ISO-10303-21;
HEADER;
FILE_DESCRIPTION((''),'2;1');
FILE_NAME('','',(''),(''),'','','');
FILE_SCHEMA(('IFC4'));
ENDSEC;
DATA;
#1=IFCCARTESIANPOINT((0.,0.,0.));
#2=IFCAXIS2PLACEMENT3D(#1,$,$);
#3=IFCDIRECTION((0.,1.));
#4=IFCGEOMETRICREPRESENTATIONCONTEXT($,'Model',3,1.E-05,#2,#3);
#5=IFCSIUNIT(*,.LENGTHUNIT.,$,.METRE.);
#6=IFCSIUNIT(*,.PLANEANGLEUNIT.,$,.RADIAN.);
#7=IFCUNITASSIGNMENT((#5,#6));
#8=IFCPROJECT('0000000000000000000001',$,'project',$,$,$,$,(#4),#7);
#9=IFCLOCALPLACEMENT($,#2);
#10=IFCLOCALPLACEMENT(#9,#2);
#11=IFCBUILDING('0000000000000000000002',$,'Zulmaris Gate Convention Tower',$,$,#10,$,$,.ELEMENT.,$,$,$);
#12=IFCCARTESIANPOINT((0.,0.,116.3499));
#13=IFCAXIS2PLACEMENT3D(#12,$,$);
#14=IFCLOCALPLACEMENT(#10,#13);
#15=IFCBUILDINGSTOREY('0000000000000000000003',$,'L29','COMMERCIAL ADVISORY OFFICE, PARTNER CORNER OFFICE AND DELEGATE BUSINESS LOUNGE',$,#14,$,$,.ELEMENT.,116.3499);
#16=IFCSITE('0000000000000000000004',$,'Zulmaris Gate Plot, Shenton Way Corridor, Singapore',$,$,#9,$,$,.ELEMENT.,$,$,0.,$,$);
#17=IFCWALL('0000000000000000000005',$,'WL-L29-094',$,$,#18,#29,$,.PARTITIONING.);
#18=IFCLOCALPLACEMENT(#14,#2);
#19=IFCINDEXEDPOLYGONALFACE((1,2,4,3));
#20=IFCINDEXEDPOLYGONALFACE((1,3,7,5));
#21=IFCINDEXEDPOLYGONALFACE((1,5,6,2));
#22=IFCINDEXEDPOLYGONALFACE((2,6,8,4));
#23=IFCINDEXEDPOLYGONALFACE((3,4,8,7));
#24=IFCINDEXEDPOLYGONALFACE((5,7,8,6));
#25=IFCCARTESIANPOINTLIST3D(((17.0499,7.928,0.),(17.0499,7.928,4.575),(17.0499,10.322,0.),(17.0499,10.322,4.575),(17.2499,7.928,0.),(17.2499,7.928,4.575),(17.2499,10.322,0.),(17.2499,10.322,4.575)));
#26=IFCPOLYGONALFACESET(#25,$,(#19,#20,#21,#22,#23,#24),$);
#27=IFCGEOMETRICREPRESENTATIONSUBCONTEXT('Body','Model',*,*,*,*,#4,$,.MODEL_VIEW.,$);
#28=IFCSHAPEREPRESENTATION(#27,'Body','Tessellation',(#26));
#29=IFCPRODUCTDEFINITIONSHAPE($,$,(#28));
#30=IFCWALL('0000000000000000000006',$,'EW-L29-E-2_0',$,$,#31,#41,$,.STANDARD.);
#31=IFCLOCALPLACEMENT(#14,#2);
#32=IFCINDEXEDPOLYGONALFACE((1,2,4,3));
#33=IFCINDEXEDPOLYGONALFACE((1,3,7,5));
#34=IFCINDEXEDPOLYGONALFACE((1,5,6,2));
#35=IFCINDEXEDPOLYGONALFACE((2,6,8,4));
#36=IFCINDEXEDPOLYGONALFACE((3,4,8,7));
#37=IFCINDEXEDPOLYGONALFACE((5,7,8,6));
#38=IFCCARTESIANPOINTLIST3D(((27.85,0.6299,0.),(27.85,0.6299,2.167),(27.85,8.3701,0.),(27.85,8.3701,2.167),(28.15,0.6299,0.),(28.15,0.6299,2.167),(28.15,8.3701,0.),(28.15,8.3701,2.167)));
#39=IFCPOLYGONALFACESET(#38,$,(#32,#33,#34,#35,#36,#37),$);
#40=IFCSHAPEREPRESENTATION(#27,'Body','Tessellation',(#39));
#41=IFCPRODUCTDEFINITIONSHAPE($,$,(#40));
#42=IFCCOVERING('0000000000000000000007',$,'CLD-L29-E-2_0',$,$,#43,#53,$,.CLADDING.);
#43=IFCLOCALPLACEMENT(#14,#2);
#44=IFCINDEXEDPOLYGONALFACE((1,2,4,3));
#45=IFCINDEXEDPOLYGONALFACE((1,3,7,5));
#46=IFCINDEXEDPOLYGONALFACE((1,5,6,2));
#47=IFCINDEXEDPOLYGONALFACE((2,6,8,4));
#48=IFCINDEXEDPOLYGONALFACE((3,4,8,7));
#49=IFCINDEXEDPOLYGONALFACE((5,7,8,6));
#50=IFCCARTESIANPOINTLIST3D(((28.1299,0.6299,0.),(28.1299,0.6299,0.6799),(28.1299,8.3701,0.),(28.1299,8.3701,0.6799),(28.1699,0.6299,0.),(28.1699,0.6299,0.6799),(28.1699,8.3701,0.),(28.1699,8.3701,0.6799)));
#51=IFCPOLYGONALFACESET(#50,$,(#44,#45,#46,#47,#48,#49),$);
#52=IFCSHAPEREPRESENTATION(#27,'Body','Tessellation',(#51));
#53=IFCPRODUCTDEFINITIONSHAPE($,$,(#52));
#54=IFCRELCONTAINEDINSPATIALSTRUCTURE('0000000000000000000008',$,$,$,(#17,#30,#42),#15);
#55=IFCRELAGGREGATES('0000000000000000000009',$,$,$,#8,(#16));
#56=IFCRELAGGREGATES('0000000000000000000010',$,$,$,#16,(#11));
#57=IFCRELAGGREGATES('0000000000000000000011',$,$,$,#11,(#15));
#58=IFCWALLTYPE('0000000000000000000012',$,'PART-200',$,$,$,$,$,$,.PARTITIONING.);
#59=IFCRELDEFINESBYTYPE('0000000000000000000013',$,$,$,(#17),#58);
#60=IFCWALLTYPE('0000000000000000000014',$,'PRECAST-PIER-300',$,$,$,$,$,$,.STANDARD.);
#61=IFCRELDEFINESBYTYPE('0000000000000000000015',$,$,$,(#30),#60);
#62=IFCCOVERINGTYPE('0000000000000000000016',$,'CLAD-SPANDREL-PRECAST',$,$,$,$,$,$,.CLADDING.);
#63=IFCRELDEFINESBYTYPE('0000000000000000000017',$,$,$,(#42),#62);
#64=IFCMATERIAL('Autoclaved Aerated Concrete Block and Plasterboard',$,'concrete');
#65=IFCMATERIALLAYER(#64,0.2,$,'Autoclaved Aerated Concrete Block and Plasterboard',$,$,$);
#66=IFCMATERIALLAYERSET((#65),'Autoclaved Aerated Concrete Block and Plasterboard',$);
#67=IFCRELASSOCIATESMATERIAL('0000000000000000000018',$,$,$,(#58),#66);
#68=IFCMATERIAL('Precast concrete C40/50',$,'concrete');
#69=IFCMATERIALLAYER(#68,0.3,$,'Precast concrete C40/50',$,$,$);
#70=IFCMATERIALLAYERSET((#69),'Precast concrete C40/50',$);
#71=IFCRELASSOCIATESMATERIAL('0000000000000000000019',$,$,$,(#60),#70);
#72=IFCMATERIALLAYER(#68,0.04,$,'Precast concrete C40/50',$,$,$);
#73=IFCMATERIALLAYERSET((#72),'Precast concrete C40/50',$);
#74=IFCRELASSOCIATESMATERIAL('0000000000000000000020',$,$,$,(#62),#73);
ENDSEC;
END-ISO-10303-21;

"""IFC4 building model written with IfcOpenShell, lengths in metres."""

from ifc_helpers import new_model, si_unit, direction, frame, frame_2d, origin, place, context, subcontext, project, spatial, rectangle, extrude, material, layer, layer_set, type_object, element, save


model = new_model("IFC4")

# Units and contexts
model_context = context("Model", 3, precision=1e-05, world=origin(), true_north=direction((0.0, 1.0)))
body_context = subcontext(model_context, "Body", "Model", "MODEL_VIEW")
ifc_project = project(units=[si_unit("LENGTHUNIT", "METRE"), si_unit("PLANEANGLEUNIT", "RADIAN")], contexts=[model_context])

# Site, building, storey
site_placement = place(None, origin())
site = spatial("IfcSite", under=ifc_project, at=site_placement, Name="Zulmaris Gate Plot, Shenton Way Corridor, Singapore", CompositionType="ELEMENT", RefElevation=0.0)
building_placement = place(site_placement, origin())
building = spatial("IfcBuilding", under=site, at=building_placement, Name="Zulmaris Gate Convention Tower", CompositionType="ELEMENT")
storey_placement = place(building_placement, frame((0.0, 0.0, 116.3499)))
storey = spatial("IfcBuildingStorey", under=building, at=storey_placement, Name="L29", Description="COMMERCIAL ADVISORY OFFICE, PARTNER CORNER OFFICE AND DELEGATE BUSINESS LOUNGE", CompositionType="ELEMENT", Elevation=116.3499)

# Shared definitions
ifc_material_1 = material(Name="Autoclaved Aerated Concrete Block and Plasterboard", Category="concrete")
ifc_layer_1 = layer(ifc_material_1, 0.2, Name="Autoclaved Aerated Concrete Block and Plasterboard")
ifc_layer_set_1 = layer_set([ifc_layer_1], Name="Autoclaved Aerated Concrete Block and Plasterboard")
wall_type_1 = type_object("IfcWallType", Name="PART-200", PredefinedType="PARTITIONING", material=ifc_layer_set_1)

# Walls
wall_1_placement = place(storey_placement, frame((17.1499, 7.928, 0.0), z_axis=(0.0, 0.0, 1.0), x_axis=(0.0, 1.0, 0.0)))
element("IfcWall", 1, at=wall_1_placement, inside=storey, type_object=wall_type_1, Name="WL-L29-094", PredefinedType="PARTITIONING", context=body_context, shape_type="SweptSolid", body=[
    extrude(rectangle(XDim=2.394, YDim=0.2, at=frame_2d((1.197, 0.0))), origin(), (0.0, 0.0, 1.0), 4.575),
])
ifc_material_2 = material(Name="Precast concrete C40/50", Category="concrete")
ifc_layer_2 = layer(ifc_material_2, 0.3, Name="Precast concrete C40/50")
ifc_layer_set_2 = layer_set([ifc_layer_2], Name="Precast concrete C40/50")
wall_type_2 = type_object("IfcWallType", Name="PRECAST-PIER-300", PredefinedType="STANDARD", material=ifc_layer_set_2)
wall_2_placement = place(storey_placement, frame((28.0, 0.6299, 0.0), z_axis=(0.0, 0.0, 1.0), x_axis=(0.0, 1.0, 0.0)))
element("IfcWall", 2, at=wall_2_placement, inside=storey, type_object=wall_type_2, Name="EW-L29-E-2_0", PredefinedType="STANDARD", context=body_context, shape_type="SweptSolid", body=[
    extrude(rectangle(XDim=7.7402, YDim=0.3, at=frame_2d((3.8701, 0.0))), origin(), (0.0, 0.0, 1.0), 2.167),
])

# Covering
ifc_layer_3 = layer(ifc_material_2, 0.04, Name="Precast concrete C40/50")
ifc_layer_set_3 = layer_set([ifc_layer_3], Name="Precast concrete C40/50")
covering_type = type_object("IfcCoveringType", Name="CLAD-SPANDREL-PRECAST", PredefinedType="CLADDING", material=ifc_layer_set_3)
covering_placement = place(storey_placement, frame((28.1499, 0.6299, 0.0), z_axis=(0.0, 0.0, 1.0), x_axis=(0.0, 1.0, 0.0)))
element("IfcCovering", 3, at=covering_placement, inside=storey, type_object=covering_type, Name="CLD-L29-E-2_0", PredefinedType="CLADDING", context=body_context, shape_type="SweptSolid", body=[
    extrude(rectangle(XDim=7.7402, YDim=0.04, at=frame_2d((3.8701, 0.0))), origin(), (0.0, 0.0, 1.0), 0.6799),
])

save(model, "model.ifc")
